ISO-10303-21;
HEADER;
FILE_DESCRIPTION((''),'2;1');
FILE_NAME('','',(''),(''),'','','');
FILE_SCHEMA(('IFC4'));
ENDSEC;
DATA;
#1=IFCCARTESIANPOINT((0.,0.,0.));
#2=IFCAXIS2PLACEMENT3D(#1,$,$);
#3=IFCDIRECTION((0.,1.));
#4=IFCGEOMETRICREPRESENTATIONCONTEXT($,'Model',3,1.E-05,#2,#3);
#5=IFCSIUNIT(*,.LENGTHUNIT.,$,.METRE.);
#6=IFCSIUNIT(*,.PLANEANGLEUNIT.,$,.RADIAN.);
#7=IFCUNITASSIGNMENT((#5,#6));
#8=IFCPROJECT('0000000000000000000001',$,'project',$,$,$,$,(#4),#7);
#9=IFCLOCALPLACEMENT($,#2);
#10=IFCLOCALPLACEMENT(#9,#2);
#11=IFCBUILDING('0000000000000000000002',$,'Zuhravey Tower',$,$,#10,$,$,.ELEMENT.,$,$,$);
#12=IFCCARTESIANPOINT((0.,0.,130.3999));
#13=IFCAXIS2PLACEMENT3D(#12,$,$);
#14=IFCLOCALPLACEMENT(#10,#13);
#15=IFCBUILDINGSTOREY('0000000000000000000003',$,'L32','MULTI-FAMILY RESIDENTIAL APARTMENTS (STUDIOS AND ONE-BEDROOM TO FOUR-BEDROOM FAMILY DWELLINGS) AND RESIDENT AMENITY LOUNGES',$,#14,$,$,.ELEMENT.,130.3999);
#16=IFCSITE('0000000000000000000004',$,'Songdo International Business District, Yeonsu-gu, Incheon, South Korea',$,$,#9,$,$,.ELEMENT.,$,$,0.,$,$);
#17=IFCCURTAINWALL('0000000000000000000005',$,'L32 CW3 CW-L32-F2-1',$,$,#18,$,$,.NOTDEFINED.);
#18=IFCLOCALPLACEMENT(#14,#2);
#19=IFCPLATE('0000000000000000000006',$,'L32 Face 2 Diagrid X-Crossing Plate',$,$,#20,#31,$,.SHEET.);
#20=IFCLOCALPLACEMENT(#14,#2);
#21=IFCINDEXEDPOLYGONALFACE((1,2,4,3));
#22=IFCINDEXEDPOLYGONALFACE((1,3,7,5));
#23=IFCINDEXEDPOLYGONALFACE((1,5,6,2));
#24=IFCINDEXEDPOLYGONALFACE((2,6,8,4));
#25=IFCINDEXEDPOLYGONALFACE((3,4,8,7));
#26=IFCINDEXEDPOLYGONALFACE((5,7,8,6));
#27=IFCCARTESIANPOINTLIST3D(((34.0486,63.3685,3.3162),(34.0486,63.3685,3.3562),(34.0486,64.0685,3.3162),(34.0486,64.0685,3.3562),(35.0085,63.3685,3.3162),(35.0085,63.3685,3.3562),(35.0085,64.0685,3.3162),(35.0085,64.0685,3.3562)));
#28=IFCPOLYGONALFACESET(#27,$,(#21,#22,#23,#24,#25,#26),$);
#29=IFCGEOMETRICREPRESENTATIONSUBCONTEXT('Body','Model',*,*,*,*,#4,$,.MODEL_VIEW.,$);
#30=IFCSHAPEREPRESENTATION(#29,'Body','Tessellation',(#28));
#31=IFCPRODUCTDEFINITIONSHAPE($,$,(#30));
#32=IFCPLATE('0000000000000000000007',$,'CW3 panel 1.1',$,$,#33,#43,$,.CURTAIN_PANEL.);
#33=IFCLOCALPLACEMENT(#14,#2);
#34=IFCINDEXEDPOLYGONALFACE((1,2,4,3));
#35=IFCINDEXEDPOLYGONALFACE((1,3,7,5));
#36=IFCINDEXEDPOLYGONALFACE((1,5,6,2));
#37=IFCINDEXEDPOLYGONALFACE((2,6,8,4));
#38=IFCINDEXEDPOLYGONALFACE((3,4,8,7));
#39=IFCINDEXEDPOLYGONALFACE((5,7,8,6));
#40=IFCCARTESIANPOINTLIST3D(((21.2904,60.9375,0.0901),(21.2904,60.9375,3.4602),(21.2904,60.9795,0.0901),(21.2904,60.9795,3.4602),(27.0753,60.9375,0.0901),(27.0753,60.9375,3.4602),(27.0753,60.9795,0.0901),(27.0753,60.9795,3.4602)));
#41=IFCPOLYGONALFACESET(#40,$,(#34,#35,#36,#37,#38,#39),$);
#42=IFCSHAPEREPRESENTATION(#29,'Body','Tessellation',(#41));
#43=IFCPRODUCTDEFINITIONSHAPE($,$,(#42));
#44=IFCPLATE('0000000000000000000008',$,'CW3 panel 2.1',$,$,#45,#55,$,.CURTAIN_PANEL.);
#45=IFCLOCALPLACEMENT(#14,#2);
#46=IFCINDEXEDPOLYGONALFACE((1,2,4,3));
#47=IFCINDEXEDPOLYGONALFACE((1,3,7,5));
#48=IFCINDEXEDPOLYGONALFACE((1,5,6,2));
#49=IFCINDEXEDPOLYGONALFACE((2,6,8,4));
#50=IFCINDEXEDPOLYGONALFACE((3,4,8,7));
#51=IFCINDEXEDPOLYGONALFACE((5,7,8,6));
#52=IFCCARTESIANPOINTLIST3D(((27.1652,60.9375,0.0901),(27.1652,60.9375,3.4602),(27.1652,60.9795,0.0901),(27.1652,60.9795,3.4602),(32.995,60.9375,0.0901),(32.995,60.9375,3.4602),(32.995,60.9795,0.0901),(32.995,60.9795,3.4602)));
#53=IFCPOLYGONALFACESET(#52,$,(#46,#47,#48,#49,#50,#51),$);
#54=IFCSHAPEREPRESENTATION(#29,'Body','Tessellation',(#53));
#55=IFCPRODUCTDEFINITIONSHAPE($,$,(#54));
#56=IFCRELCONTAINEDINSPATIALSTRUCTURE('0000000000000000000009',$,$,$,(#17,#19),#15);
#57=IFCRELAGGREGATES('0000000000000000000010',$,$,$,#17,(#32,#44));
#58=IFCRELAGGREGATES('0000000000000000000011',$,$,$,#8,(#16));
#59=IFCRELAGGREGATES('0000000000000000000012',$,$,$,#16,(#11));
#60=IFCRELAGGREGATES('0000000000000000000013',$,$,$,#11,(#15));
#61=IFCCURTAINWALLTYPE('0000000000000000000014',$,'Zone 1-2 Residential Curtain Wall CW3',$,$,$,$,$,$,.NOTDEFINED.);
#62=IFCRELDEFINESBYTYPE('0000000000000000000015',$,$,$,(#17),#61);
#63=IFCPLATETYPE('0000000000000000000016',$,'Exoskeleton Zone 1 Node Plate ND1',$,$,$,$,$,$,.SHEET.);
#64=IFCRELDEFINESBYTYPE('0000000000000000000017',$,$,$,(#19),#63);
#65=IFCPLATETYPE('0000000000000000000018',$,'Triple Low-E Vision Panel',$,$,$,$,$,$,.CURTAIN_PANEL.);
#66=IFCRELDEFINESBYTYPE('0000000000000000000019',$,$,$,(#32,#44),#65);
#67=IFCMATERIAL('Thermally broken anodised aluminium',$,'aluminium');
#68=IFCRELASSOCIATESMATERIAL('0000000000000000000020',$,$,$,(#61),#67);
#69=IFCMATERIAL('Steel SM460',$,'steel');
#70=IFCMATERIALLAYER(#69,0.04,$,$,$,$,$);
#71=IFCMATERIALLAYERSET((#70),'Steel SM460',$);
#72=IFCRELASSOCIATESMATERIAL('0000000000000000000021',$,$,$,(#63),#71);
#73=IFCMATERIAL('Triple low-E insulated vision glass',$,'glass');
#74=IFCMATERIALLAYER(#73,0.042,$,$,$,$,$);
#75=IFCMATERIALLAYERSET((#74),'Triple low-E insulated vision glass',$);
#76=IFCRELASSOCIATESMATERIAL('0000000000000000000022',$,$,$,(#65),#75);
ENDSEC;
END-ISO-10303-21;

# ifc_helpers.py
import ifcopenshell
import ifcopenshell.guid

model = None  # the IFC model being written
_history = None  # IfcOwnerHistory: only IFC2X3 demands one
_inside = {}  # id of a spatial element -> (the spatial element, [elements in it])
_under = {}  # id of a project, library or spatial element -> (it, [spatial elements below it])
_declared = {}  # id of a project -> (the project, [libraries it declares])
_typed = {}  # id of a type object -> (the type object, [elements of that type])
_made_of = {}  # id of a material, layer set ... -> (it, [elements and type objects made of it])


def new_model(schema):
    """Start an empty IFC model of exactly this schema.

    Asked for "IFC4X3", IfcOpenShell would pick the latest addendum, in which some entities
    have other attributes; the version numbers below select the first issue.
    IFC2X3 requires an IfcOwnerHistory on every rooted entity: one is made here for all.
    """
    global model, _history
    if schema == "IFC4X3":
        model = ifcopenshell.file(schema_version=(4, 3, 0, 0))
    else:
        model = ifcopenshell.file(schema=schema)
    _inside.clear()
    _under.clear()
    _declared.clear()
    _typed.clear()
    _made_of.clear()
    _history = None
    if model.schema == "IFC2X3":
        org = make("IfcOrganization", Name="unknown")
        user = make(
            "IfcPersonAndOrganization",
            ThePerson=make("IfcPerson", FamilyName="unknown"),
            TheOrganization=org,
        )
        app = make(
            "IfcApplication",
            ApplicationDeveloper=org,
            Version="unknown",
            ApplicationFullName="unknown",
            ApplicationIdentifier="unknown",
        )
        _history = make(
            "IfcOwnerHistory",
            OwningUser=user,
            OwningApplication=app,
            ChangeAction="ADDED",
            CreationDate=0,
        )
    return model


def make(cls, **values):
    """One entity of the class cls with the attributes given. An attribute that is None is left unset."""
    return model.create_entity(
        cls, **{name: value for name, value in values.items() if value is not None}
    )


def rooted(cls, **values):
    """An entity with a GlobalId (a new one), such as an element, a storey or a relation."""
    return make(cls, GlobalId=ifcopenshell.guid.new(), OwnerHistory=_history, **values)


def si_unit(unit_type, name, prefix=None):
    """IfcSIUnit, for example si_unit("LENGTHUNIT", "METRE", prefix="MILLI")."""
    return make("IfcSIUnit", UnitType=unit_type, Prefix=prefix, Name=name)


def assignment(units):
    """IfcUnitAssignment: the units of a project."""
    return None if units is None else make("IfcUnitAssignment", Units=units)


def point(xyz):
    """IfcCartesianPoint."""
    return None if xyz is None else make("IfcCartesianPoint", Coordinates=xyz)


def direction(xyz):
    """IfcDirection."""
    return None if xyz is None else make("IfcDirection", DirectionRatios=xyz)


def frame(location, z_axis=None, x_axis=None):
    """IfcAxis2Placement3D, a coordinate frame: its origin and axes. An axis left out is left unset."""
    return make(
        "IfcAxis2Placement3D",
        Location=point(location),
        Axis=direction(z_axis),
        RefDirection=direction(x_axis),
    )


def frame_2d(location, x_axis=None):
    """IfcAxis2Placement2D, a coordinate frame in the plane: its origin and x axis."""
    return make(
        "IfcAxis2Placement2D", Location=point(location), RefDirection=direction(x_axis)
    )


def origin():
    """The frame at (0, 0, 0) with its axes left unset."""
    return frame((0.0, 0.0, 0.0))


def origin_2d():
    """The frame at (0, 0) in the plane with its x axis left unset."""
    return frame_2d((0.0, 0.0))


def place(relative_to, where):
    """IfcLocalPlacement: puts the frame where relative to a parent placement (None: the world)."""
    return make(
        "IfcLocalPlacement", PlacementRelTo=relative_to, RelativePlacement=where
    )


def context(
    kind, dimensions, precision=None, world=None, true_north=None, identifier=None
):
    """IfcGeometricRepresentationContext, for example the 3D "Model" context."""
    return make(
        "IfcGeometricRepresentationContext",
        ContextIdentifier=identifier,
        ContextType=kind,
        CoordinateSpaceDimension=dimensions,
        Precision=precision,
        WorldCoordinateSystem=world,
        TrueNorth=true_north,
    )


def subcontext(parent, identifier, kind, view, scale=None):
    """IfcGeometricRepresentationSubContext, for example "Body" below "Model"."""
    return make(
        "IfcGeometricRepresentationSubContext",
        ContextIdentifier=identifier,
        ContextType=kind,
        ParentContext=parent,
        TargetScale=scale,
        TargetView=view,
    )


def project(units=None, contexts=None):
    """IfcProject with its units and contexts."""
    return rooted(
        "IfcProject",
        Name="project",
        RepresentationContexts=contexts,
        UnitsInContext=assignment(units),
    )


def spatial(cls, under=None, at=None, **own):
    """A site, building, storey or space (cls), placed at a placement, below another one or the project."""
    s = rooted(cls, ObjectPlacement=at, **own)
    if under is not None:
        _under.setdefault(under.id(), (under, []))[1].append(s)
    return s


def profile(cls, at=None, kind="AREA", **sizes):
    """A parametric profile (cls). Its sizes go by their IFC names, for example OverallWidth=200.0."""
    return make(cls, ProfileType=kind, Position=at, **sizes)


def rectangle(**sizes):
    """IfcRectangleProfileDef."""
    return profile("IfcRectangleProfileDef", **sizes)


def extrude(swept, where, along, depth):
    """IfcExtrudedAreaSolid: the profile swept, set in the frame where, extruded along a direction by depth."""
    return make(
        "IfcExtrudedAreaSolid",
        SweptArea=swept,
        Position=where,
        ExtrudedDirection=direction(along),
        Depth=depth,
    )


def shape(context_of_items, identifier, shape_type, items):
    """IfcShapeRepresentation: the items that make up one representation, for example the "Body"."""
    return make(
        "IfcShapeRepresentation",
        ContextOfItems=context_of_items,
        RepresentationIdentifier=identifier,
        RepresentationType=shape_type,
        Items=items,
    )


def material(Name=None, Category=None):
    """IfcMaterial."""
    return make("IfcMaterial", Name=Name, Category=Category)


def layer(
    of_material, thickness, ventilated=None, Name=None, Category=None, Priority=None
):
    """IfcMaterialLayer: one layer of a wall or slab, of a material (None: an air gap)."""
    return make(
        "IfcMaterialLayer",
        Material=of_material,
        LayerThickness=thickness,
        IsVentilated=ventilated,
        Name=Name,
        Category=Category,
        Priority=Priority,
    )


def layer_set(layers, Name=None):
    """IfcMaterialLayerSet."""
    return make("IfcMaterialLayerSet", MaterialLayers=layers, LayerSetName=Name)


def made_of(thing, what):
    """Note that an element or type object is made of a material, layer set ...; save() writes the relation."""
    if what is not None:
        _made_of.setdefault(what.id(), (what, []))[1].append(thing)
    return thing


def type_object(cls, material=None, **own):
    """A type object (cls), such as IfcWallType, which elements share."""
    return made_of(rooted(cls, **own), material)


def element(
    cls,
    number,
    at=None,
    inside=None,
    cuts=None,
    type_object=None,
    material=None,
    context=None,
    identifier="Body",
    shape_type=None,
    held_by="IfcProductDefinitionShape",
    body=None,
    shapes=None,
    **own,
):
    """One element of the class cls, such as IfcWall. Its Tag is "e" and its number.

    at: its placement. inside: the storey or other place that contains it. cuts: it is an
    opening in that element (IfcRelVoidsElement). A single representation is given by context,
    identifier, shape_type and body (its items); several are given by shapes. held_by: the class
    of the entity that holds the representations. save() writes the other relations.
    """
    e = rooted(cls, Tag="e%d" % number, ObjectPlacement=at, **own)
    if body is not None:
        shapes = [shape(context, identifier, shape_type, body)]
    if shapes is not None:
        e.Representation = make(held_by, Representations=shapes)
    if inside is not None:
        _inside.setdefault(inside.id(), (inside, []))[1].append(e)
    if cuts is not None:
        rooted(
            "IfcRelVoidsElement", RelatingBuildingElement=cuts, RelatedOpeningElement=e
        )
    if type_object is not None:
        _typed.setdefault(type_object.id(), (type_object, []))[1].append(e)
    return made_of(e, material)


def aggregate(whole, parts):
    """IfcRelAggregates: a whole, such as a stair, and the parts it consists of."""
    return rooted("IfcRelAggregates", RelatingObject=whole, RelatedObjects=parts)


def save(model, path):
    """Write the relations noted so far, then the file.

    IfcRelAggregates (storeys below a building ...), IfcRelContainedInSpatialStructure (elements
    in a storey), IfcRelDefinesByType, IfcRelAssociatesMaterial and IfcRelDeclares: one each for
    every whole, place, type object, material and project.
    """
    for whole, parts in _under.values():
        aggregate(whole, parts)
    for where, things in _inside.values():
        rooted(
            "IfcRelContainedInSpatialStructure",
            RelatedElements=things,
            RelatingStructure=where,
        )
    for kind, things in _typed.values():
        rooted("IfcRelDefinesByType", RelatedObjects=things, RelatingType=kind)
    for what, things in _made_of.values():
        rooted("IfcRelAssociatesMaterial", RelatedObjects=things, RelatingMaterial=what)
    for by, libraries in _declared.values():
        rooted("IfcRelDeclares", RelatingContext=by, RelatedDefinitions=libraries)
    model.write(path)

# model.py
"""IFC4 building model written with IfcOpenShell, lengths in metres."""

from ifc_helpers import new_model, si_unit, direction, frame, origin, origin_2d, place, context, subcontext, project, spatial, rectangle, extrude, material, layer, layer_set, type_object, element, aggregate, save


model = new_model("IFC4")

# Units and contexts
model_context = context("Model", 3, precision=1e-05, world=origin(), true_north=direction((0.0, 1.0)))
body_context = subcontext(model_context, "Body", "Model", "MODEL_VIEW")
ifc_project = project(units=[si_unit("LENGTHUNIT", "METRE"), si_unit("PLANEANGLEUNIT", "RADIAN")], contexts=[model_context])

# Site, building, storey
site_placement = place(None, origin())
site = spatial("IfcSite", under=ifc_project, at=site_placement, Name="Songdo International Business District, Yeonsu-gu, Incheon, South Korea", CompositionType="ELEMENT", RefElevation=0.0)
building_placement = place(site_placement, origin())
building = spatial("IfcBuilding", under=site, at=building_placement, Name="Zuhravey Tower", CompositionType="ELEMENT")
storey_placement = place(building_placement, frame((0.0, 0.0, 130.3999)))
storey = spatial("IfcBuildingStorey", under=building, at=storey_placement, Name="L32", Description="MULTI-FAMILY RESIDENTIAL APARTMENTS (STUDIOS AND ONE-BEDROOM TO FOUR-BEDROOM FAMILY DWELLINGS) AND RESIDENT AMENITY LOUNGES", CompositionType="ELEMENT", Elevation=130.3999)

# Curtain wall
ifc_material_1 = material(Name="Thermally broken anodised aluminium", Category="aluminium")
curtain_wall_type = type_object("IfcCurtainWallType", Name="Zone 1-2 Residential Curtain Wall CW3", PredefinedType="NOTDEFINED", material=ifc_material_1)
curtain_wall_placement = place(storey_placement, origin())
curtain_wall = element("IfcCurtainWall", 1, at=curtain_wall_placement, inside=storey, type_object=curtain_wall_type, Name="L32 CW3 CW-L32-F2-1", PredefinedType="NOTDEFINED")

# Shared definitions
ifc_material_2 = material(Name="Steel SM460", Category="steel")

# Plate
ifc_layer_1 = layer(ifc_material_2, 0.04)
ifc_layer_set_1 = layer_set([ifc_layer_1], Name="Steel SM460")
plate_type_1 = type_object("IfcPlateType", Name="Exoskeleton Zone 1 Node Plate ND1", PredefinedType="SHEET", material=ifc_layer_set_1)
for number, where, z_axis, x_axis, name in (
    (2, (34.5286, 63.7185, 3.3162), (0.0, 0.0, 1.0), (-1.0, 0.0, 0.0), "L32 Face 2 Diagrid X-Crossing Plate"),
):
    element("IfcPlate", number, at=place(storey_placement, frame(where, z_axis=z_axis, x_axis=x_axis)), inside=storey, type_object=plate_type_1, Name=name, PredefinedType="SHEET", context=body_context, shape_type="SweptSolid", body=[
        extrude(rectangle(XDim=0.96, YDim=0.7, at=origin_2d()), origin(), (0.0, 0.0, 1.0), 0.04),
    ])

# Plates
ifc_material_3 = material(Name="Triple low-E insulated vision glass", Category="glass")
ifc_layer_2 = layer(ifc_material_3, 0.042)
ifc_layer_set_2 = layer_set([ifc_layer_2], Name="Triple low-E insulated vision glass")
plate_type_2 = type_object("IfcPlateType", Name="Triple Low-E Vision Panel", PredefinedType="CURTAIN_PANEL", material=ifc_layer_set_2)
plate_1_placement = place(storey_placement, frame((24.1829, 60.9585, 0.0901), z_axis=(0.0, 0.0, 1.0), x_axis=(1.0, 0.0, 0.0)))
plate_1 = element("IfcPlate", 3, at=plate_1_placement, type_object=plate_type_2, Name="CW3 panel 1.1", PredefinedType="CURTAIN_PANEL", context=body_context, shape_type="SweptSolid", body=[
    extrude(rectangle(XDim=5.7849, YDim=0.042, at=origin_2d()), origin(), (0.0, 0.0, 1.0), 3.3701),
])
plate_2_placement = place(storey_placement, frame((30.0801, 60.9585, 0.0901), z_axis=(0.0, 0.0, 1.0), x_axis=(1.0, 0.0, 0.0)))
plate_2 = element("IfcPlate", 4, at=plate_2_placement, type_object=plate_type_2, Name="CW3 panel 2.1", PredefinedType="CURTAIN_PANEL", context=body_context, shape_type="SweptSolid", body=[
    extrude(rectangle(XDim=5.8298, YDim=0.042, at=origin_2d()), origin(), (0.0, 0.0, 1.0), 3.3701),
])
aggregate(curtain_wall, [plate_1, plate_2])

save(model, "model.ifc")
